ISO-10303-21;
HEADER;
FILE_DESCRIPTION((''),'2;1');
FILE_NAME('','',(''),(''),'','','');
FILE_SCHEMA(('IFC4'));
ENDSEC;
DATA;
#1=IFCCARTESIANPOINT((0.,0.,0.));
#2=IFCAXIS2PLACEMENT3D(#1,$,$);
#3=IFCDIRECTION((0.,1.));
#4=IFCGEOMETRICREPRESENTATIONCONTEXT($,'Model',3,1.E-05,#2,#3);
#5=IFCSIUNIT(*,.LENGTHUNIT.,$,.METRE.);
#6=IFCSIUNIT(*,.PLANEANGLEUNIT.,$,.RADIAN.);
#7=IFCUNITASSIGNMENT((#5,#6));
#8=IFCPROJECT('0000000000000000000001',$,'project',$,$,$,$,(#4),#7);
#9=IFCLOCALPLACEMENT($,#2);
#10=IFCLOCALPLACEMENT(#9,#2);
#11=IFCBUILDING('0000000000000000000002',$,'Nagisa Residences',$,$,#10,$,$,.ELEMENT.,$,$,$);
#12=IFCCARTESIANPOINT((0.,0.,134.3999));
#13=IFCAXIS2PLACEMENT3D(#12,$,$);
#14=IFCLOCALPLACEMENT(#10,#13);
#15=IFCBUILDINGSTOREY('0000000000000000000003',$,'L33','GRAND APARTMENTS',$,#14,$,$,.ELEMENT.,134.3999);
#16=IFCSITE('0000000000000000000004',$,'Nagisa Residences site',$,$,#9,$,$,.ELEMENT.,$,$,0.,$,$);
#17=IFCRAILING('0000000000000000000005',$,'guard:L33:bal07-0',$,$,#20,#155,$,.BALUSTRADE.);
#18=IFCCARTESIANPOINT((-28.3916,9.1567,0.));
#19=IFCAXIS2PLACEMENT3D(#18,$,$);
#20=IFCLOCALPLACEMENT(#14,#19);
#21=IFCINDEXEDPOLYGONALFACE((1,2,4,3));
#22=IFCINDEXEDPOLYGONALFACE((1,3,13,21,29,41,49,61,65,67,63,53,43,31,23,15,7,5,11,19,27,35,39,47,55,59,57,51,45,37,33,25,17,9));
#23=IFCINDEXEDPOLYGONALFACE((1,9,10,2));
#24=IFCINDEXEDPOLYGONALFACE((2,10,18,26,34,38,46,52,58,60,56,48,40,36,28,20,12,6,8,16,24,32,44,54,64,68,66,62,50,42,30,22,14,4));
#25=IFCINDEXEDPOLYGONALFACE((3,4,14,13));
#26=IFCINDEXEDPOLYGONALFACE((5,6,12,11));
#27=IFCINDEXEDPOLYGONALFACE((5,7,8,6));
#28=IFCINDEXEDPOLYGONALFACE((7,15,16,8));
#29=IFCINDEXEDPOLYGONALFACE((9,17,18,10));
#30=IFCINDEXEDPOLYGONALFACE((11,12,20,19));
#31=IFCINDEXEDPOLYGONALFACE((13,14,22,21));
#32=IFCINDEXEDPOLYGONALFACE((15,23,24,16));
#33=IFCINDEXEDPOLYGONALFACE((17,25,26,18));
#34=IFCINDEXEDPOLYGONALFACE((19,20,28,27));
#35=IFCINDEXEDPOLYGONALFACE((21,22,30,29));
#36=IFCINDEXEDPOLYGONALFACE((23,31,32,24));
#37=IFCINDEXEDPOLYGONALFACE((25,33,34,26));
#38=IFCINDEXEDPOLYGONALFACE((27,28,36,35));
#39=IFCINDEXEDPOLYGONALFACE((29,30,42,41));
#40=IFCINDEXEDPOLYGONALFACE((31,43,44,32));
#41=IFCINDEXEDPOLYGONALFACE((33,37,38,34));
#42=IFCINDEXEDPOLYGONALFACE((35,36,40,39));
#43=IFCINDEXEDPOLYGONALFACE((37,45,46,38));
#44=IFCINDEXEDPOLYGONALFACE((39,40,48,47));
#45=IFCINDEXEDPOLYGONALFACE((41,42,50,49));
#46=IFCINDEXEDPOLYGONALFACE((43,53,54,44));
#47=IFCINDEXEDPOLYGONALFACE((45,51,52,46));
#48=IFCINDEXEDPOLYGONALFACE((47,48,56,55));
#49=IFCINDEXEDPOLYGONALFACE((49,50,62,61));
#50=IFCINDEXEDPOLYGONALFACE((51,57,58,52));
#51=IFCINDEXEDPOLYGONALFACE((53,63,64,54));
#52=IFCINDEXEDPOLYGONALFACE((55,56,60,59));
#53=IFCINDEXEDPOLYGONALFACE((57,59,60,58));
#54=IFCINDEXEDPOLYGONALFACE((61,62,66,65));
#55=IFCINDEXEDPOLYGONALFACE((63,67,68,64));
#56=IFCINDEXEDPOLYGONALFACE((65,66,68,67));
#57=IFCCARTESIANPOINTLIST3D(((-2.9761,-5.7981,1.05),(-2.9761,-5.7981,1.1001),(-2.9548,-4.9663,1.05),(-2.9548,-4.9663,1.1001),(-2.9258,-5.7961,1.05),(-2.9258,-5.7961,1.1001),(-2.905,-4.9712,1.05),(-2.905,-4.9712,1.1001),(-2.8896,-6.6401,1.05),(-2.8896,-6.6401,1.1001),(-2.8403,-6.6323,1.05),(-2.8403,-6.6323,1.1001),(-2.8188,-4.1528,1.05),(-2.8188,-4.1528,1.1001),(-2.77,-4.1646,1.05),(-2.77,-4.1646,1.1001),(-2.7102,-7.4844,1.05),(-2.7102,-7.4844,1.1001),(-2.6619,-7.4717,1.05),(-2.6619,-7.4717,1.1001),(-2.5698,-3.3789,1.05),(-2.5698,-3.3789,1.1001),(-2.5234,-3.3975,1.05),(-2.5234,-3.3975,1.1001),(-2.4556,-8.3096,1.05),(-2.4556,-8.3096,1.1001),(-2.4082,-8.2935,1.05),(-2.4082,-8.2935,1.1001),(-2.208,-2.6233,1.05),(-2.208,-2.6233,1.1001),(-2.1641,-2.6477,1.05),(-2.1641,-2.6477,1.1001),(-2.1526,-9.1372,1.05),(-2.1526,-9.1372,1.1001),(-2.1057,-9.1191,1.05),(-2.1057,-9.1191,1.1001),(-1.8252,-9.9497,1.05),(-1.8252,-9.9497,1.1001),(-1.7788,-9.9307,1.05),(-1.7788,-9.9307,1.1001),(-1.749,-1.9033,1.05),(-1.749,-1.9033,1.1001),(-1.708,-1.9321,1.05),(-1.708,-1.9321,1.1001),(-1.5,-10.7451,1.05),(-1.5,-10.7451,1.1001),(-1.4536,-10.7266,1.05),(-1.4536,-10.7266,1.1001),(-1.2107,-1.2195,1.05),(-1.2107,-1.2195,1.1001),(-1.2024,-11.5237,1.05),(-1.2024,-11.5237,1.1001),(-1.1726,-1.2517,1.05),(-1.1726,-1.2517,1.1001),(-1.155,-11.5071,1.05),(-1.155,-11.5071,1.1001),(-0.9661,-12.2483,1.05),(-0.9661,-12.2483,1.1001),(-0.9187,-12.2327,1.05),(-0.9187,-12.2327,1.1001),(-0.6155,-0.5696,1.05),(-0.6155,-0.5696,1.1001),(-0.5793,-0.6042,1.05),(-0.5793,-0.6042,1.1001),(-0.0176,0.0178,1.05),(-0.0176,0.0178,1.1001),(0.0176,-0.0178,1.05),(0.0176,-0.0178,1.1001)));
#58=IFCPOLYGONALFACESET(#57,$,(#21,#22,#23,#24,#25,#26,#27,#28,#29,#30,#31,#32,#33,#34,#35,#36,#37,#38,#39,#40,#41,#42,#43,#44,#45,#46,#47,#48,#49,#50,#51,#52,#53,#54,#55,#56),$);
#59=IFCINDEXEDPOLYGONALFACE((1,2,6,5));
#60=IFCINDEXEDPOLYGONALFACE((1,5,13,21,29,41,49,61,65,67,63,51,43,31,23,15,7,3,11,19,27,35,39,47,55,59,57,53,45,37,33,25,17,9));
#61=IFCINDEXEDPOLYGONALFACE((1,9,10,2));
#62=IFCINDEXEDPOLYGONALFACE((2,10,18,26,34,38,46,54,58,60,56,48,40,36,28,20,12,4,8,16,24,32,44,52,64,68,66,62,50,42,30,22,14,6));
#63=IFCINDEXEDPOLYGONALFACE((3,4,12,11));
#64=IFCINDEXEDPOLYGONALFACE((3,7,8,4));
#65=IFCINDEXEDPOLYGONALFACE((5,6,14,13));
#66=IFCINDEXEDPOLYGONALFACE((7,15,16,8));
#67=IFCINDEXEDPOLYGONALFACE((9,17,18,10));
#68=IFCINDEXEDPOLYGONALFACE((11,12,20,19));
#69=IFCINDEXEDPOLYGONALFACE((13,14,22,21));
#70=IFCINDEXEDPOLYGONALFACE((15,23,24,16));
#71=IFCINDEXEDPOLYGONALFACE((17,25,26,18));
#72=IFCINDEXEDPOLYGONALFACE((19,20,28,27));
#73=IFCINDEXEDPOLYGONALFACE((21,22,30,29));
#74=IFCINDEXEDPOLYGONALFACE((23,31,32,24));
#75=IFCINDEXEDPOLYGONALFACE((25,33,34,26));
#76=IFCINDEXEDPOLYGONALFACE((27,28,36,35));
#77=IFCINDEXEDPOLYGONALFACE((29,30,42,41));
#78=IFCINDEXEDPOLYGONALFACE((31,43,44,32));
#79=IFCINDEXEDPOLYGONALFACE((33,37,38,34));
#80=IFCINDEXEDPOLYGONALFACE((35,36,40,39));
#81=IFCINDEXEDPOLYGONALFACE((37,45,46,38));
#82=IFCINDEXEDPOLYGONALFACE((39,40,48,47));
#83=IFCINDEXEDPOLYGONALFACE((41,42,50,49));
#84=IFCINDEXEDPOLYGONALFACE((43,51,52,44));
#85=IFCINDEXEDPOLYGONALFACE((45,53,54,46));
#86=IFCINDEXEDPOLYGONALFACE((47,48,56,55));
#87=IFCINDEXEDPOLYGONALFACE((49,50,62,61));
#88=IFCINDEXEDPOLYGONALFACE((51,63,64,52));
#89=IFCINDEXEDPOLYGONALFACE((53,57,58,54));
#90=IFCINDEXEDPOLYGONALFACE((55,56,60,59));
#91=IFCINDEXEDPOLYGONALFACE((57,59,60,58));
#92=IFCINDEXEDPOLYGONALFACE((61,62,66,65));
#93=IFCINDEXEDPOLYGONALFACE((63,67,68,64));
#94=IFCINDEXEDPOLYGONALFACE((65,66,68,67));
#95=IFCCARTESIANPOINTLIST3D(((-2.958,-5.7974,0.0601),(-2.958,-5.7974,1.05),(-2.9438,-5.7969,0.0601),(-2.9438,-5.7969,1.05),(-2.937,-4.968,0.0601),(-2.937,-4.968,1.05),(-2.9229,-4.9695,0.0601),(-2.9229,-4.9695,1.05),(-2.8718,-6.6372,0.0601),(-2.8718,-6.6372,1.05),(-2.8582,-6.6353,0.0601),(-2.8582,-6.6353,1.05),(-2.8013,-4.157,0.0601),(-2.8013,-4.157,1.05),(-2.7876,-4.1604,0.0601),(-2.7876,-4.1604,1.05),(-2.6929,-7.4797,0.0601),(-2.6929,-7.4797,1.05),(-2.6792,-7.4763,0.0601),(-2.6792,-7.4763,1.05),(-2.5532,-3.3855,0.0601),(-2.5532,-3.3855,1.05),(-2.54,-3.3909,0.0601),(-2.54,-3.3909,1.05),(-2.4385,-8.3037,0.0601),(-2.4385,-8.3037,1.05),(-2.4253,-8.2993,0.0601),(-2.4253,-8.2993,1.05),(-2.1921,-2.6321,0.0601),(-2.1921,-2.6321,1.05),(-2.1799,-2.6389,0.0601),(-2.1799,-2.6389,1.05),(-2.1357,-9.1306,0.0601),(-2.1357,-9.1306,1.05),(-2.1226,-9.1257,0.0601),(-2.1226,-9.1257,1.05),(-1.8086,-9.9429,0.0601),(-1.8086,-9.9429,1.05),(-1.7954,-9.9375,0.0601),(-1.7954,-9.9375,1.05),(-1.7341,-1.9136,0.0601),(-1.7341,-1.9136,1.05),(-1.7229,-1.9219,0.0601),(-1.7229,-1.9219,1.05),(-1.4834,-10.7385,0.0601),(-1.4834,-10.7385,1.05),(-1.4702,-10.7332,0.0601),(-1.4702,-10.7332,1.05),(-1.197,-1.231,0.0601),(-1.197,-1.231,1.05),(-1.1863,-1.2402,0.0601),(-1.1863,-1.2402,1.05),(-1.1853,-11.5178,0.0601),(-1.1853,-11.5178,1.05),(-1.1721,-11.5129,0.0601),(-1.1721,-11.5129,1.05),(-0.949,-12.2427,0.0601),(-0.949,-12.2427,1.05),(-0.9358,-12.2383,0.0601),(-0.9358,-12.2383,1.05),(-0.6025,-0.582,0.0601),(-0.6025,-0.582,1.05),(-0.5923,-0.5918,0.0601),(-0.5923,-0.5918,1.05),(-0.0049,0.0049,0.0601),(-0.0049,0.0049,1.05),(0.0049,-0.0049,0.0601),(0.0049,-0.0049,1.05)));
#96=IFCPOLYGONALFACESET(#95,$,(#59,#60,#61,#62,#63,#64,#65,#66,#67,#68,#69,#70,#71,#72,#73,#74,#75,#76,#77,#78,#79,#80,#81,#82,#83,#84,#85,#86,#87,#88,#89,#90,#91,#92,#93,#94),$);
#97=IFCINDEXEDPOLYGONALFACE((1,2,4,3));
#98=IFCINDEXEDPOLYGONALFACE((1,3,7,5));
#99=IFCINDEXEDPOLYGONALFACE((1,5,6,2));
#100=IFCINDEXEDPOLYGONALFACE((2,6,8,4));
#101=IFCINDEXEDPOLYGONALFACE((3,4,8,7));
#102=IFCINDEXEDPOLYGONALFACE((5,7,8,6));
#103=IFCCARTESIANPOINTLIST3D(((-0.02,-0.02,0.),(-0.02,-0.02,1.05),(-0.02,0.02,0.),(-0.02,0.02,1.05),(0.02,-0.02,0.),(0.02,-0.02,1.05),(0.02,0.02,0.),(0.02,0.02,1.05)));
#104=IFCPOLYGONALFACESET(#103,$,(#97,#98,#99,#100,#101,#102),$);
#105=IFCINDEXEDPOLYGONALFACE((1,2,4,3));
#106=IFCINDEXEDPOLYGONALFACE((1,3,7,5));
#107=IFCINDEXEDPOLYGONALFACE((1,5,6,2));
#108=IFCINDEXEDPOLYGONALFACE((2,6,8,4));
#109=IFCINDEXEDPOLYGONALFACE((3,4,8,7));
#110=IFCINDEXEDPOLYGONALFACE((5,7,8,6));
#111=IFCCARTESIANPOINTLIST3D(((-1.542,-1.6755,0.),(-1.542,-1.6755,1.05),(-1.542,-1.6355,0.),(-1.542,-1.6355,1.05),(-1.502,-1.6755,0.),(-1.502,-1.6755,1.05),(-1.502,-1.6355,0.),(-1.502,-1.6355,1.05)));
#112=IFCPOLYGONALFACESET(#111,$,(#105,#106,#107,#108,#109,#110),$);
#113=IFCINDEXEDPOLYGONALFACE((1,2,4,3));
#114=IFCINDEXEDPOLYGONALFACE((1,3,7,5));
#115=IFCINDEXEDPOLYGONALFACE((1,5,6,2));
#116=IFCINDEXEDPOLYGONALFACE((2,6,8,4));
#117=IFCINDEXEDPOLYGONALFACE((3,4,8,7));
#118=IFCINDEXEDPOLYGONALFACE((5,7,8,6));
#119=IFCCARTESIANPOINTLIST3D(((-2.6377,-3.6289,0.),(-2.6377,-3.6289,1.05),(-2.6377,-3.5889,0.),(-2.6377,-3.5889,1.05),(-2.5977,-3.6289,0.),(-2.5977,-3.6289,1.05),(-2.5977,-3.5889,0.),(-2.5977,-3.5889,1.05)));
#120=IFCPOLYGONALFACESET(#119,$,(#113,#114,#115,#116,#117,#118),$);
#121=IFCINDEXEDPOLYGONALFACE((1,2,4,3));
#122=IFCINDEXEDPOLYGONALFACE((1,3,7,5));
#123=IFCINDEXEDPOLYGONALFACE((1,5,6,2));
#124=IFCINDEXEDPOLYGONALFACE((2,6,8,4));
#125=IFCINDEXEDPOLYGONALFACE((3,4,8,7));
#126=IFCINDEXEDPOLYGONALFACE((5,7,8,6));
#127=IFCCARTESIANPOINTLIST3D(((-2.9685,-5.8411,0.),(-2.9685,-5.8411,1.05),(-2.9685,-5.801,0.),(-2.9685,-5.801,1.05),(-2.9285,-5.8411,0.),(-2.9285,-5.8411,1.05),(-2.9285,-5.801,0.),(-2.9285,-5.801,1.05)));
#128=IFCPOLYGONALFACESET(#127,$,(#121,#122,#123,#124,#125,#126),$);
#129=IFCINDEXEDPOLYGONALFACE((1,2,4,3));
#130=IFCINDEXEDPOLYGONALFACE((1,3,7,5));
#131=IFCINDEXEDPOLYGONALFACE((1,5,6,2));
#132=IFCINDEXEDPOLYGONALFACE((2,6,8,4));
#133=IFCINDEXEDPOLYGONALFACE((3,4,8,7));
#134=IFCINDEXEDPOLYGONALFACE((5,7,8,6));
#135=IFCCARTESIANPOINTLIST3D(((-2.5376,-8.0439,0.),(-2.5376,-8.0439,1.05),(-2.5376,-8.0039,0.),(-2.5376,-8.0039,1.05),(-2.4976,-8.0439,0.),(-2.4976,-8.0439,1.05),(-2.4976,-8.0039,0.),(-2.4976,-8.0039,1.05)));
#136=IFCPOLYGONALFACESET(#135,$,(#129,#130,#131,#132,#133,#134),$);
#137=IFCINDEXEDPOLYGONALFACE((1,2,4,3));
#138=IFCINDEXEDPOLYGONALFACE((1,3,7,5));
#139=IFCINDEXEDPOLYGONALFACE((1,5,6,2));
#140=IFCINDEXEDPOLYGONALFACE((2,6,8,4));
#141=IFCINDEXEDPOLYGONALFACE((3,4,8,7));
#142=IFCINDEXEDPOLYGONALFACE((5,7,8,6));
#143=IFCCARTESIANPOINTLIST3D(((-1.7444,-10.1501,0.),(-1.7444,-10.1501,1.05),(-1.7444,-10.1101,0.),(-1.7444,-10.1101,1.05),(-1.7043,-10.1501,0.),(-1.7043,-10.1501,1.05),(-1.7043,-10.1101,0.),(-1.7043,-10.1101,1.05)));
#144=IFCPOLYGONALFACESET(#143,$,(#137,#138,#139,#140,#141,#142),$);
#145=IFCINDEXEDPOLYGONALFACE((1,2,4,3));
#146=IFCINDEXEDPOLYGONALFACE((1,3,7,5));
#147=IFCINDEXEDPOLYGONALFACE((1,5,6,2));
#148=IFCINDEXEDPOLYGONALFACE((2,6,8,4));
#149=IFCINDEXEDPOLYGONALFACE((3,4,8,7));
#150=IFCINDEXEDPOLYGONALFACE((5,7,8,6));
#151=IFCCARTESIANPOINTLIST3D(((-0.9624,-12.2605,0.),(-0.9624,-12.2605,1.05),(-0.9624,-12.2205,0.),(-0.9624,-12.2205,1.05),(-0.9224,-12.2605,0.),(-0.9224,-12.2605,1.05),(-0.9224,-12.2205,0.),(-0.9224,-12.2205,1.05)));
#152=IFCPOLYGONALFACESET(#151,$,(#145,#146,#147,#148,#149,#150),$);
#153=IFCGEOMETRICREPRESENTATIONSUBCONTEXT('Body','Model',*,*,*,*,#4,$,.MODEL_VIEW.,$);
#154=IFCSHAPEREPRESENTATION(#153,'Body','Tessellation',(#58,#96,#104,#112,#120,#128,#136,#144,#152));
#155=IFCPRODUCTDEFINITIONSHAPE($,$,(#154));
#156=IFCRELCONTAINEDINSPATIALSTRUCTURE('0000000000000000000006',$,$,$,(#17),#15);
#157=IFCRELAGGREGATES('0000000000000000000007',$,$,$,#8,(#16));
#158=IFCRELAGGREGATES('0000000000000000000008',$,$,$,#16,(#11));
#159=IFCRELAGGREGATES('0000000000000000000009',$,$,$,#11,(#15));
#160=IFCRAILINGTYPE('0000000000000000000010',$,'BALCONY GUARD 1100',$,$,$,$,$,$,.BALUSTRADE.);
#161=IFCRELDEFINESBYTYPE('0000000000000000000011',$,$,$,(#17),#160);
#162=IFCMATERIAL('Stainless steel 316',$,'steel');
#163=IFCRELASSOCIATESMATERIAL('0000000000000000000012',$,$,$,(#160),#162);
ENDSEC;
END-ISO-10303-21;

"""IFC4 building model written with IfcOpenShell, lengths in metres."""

from ifc_helpers import new_model, si_unit, direction, frame, origin, origin_2d, place, context, subcontext, project, spatial, polyline, rectangle, outline, extrude, material, type_object, element, save


model = new_model("IFC4")

# Units and contexts
model_context = context("Model", 3, precision=1e-05, world=origin(), true_north=direction((0.0, 1.0)))
body_context = subcontext(model_context, "Body", "Model", "MODEL_VIEW")
ifc_project = project(units=[si_unit("LENGTHUNIT", "METRE"), si_unit("PLANEANGLEUNIT", "RADIAN")], contexts=[model_context])

# Site, building, storey
site_placement = place(None, origin())
site = spatial("IfcSite", under=ifc_project, at=site_placement, Name="Nagisa Residences site", CompositionType="ELEMENT", RefElevation=0.0)
building_placement = place(site_placement, origin())
building = spatial("IfcBuilding", under=site, at=building_placement, Name="Nagisa Residences", CompositionType="ELEMENT")
storey_placement = place(building_placement, frame((0.0, 0.0, 134.3999)))
storey = spatial("IfcBuildingStorey", under=building, at=storey_placement, Name="L33", Description="GRAND APARTMENTS", CompositionType="ELEMENT", Elevation=134.3999)

# Railing
ifc_material_1 = material(Name="Stainless steel 316", Category="steel")
railing_type = type_object("IfcRailingType", Name="BALCONY GUARD 1100", PredefinedType="BALUSTRADE", material=ifc_material_1)
railing_placement = place(storey_placement, frame((-28.3916, 9.1567, 0.0)))
element("IfcRailing", 1, at=railing_placement, inside=storey, type_object=railing_type, Name="guard:L33:bal07-0", PredefinedType="BALUSTRADE", context=body_context, shape_type="SweptSolid", body=[
    extrude(outline(polyline([(-0.5793, -0.6042), (0.0176, -0.0178), (-0.0176, 0.0178), (-0.6155, -0.5696), (-1.2107, -1.2195), (-1.749, -1.9033), (-2.208, -2.6233), (-2.5698, -3.3789), (-2.8188, -4.1528), (-2.9548, -4.9663), (-2.9761, -5.7981), (-2.8896, -6.6401), (-2.7102, -7.4844), (-2.4556, -8.3096), (-2.1526, -9.1372), (-1.8252, -9.9497), (-1.5, -10.7451), (-1.2024, -11.5237), (-0.9661, -12.2483), (-0.9187, -12.2327), (-1.155, -11.5071), (-1.4536, -10.7266), (-1.7788, -9.9307), (-2.1057, -9.1191), (-2.4082, -8.2935), (-2.6619, -7.4717), (-2.8403, -6.6323), (-2.9258, -5.7961), (-2.905, -4.9712), (-2.77, -4.1646), (-2.5234, -3.3975), (-2.1641, -2.6477), (-1.708, -1.9321), (-1.1726, -1.2517), (-0.5793, -0.6042)])), frame((0.0, 0.0, 1.05)), (0.0, 0.0, 1.0), 0.05),
    extrude(outline(polyline([(-0.5923, -0.5918), (0.0049, -0.0049), (-0.0049, 0.0049), (-0.6025, -0.582), (-1.197, -1.231), (-1.7341, -1.9136), (-2.1921, -2.6321), (-2.5532, -3.3855), (-2.8013, -4.157), (-2.937, -4.968), (-2.958, -5.7974), (-2.8718, -6.6372), (-2.6929, -7.4797), (-2.4385, -8.3037), (-2.1357, -9.1306), (-1.8086, -9.9429), (-1.4834, -10.7385), (-1.1853, -11.5178), (-0.949, -12.2427), (-0.9358, -12.2383), (-1.1721, -11.5129), (-1.4702, -10.7332), (-1.7954, -9.9375), (-2.1226, -9.1257), (-2.4253, -8.2993), (-2.6792, -7.4763), (-2.8582, -6.6353), (-2.9438, -5.7969), (-2.9229, -4.9695), (-2.7876, -4.1604), (-2.54, -3.3909), (-2.1799, -2.6389), (-1.7229, -1.9219), (-1.1863, -1.2402), (-0.5923, -0.5918)])), frame((0.0, 0.0, 0.0601)), (0.0, 0.0, 1.0), 0.99),
    extrude(rectangle(XDim=0.04, YDim=0.04, at=origin_2d()), origin(), (0.0, 0.0, 1.0), 1.05),
    extrude(rectangle(XDim=0.04, YDim=0.04, at=origin_2d()), frame((-1.522, -1.6555, 0.0)), (0.0, 0.0, 1.0), 1.05),
    extrude(rectangle(XDim=0.04, YDim=0.04, at=origin_2d()), frame((-2.6177, -3.6089, 0.0)), (0.0, 0.0, 1.0), 1.05),
    extrude(rectangle(XDim=0.04, YDim=0.04, at=origin_2d()), frame((-2.9485, -5.821, 0.0)), (0.0, 0.0, 1.0), 1.05),
    extrude(rectangle(XDim=0.04, YDim=0.04, at=origin_2d()), frame((-2.5176, -8.0239, 0.0)), (0.0, 0.0, 1.0), 1.05),
    extrude(rectangle(XDim=0.04, YDim=0.04, at=origin_2d()), frame((-1.7244, -10.1301, 0.0)), (0.0, 0.0, 1.0), 1.05),
    extrude(rectangle(XDim=0.04, YDim=0.04, at=origin_2d()), frame((-0.9424, -12.2405, 0.0)), (0.0, 0.0, 1.0), 1.05),
])

save(model, "model.ifc")
